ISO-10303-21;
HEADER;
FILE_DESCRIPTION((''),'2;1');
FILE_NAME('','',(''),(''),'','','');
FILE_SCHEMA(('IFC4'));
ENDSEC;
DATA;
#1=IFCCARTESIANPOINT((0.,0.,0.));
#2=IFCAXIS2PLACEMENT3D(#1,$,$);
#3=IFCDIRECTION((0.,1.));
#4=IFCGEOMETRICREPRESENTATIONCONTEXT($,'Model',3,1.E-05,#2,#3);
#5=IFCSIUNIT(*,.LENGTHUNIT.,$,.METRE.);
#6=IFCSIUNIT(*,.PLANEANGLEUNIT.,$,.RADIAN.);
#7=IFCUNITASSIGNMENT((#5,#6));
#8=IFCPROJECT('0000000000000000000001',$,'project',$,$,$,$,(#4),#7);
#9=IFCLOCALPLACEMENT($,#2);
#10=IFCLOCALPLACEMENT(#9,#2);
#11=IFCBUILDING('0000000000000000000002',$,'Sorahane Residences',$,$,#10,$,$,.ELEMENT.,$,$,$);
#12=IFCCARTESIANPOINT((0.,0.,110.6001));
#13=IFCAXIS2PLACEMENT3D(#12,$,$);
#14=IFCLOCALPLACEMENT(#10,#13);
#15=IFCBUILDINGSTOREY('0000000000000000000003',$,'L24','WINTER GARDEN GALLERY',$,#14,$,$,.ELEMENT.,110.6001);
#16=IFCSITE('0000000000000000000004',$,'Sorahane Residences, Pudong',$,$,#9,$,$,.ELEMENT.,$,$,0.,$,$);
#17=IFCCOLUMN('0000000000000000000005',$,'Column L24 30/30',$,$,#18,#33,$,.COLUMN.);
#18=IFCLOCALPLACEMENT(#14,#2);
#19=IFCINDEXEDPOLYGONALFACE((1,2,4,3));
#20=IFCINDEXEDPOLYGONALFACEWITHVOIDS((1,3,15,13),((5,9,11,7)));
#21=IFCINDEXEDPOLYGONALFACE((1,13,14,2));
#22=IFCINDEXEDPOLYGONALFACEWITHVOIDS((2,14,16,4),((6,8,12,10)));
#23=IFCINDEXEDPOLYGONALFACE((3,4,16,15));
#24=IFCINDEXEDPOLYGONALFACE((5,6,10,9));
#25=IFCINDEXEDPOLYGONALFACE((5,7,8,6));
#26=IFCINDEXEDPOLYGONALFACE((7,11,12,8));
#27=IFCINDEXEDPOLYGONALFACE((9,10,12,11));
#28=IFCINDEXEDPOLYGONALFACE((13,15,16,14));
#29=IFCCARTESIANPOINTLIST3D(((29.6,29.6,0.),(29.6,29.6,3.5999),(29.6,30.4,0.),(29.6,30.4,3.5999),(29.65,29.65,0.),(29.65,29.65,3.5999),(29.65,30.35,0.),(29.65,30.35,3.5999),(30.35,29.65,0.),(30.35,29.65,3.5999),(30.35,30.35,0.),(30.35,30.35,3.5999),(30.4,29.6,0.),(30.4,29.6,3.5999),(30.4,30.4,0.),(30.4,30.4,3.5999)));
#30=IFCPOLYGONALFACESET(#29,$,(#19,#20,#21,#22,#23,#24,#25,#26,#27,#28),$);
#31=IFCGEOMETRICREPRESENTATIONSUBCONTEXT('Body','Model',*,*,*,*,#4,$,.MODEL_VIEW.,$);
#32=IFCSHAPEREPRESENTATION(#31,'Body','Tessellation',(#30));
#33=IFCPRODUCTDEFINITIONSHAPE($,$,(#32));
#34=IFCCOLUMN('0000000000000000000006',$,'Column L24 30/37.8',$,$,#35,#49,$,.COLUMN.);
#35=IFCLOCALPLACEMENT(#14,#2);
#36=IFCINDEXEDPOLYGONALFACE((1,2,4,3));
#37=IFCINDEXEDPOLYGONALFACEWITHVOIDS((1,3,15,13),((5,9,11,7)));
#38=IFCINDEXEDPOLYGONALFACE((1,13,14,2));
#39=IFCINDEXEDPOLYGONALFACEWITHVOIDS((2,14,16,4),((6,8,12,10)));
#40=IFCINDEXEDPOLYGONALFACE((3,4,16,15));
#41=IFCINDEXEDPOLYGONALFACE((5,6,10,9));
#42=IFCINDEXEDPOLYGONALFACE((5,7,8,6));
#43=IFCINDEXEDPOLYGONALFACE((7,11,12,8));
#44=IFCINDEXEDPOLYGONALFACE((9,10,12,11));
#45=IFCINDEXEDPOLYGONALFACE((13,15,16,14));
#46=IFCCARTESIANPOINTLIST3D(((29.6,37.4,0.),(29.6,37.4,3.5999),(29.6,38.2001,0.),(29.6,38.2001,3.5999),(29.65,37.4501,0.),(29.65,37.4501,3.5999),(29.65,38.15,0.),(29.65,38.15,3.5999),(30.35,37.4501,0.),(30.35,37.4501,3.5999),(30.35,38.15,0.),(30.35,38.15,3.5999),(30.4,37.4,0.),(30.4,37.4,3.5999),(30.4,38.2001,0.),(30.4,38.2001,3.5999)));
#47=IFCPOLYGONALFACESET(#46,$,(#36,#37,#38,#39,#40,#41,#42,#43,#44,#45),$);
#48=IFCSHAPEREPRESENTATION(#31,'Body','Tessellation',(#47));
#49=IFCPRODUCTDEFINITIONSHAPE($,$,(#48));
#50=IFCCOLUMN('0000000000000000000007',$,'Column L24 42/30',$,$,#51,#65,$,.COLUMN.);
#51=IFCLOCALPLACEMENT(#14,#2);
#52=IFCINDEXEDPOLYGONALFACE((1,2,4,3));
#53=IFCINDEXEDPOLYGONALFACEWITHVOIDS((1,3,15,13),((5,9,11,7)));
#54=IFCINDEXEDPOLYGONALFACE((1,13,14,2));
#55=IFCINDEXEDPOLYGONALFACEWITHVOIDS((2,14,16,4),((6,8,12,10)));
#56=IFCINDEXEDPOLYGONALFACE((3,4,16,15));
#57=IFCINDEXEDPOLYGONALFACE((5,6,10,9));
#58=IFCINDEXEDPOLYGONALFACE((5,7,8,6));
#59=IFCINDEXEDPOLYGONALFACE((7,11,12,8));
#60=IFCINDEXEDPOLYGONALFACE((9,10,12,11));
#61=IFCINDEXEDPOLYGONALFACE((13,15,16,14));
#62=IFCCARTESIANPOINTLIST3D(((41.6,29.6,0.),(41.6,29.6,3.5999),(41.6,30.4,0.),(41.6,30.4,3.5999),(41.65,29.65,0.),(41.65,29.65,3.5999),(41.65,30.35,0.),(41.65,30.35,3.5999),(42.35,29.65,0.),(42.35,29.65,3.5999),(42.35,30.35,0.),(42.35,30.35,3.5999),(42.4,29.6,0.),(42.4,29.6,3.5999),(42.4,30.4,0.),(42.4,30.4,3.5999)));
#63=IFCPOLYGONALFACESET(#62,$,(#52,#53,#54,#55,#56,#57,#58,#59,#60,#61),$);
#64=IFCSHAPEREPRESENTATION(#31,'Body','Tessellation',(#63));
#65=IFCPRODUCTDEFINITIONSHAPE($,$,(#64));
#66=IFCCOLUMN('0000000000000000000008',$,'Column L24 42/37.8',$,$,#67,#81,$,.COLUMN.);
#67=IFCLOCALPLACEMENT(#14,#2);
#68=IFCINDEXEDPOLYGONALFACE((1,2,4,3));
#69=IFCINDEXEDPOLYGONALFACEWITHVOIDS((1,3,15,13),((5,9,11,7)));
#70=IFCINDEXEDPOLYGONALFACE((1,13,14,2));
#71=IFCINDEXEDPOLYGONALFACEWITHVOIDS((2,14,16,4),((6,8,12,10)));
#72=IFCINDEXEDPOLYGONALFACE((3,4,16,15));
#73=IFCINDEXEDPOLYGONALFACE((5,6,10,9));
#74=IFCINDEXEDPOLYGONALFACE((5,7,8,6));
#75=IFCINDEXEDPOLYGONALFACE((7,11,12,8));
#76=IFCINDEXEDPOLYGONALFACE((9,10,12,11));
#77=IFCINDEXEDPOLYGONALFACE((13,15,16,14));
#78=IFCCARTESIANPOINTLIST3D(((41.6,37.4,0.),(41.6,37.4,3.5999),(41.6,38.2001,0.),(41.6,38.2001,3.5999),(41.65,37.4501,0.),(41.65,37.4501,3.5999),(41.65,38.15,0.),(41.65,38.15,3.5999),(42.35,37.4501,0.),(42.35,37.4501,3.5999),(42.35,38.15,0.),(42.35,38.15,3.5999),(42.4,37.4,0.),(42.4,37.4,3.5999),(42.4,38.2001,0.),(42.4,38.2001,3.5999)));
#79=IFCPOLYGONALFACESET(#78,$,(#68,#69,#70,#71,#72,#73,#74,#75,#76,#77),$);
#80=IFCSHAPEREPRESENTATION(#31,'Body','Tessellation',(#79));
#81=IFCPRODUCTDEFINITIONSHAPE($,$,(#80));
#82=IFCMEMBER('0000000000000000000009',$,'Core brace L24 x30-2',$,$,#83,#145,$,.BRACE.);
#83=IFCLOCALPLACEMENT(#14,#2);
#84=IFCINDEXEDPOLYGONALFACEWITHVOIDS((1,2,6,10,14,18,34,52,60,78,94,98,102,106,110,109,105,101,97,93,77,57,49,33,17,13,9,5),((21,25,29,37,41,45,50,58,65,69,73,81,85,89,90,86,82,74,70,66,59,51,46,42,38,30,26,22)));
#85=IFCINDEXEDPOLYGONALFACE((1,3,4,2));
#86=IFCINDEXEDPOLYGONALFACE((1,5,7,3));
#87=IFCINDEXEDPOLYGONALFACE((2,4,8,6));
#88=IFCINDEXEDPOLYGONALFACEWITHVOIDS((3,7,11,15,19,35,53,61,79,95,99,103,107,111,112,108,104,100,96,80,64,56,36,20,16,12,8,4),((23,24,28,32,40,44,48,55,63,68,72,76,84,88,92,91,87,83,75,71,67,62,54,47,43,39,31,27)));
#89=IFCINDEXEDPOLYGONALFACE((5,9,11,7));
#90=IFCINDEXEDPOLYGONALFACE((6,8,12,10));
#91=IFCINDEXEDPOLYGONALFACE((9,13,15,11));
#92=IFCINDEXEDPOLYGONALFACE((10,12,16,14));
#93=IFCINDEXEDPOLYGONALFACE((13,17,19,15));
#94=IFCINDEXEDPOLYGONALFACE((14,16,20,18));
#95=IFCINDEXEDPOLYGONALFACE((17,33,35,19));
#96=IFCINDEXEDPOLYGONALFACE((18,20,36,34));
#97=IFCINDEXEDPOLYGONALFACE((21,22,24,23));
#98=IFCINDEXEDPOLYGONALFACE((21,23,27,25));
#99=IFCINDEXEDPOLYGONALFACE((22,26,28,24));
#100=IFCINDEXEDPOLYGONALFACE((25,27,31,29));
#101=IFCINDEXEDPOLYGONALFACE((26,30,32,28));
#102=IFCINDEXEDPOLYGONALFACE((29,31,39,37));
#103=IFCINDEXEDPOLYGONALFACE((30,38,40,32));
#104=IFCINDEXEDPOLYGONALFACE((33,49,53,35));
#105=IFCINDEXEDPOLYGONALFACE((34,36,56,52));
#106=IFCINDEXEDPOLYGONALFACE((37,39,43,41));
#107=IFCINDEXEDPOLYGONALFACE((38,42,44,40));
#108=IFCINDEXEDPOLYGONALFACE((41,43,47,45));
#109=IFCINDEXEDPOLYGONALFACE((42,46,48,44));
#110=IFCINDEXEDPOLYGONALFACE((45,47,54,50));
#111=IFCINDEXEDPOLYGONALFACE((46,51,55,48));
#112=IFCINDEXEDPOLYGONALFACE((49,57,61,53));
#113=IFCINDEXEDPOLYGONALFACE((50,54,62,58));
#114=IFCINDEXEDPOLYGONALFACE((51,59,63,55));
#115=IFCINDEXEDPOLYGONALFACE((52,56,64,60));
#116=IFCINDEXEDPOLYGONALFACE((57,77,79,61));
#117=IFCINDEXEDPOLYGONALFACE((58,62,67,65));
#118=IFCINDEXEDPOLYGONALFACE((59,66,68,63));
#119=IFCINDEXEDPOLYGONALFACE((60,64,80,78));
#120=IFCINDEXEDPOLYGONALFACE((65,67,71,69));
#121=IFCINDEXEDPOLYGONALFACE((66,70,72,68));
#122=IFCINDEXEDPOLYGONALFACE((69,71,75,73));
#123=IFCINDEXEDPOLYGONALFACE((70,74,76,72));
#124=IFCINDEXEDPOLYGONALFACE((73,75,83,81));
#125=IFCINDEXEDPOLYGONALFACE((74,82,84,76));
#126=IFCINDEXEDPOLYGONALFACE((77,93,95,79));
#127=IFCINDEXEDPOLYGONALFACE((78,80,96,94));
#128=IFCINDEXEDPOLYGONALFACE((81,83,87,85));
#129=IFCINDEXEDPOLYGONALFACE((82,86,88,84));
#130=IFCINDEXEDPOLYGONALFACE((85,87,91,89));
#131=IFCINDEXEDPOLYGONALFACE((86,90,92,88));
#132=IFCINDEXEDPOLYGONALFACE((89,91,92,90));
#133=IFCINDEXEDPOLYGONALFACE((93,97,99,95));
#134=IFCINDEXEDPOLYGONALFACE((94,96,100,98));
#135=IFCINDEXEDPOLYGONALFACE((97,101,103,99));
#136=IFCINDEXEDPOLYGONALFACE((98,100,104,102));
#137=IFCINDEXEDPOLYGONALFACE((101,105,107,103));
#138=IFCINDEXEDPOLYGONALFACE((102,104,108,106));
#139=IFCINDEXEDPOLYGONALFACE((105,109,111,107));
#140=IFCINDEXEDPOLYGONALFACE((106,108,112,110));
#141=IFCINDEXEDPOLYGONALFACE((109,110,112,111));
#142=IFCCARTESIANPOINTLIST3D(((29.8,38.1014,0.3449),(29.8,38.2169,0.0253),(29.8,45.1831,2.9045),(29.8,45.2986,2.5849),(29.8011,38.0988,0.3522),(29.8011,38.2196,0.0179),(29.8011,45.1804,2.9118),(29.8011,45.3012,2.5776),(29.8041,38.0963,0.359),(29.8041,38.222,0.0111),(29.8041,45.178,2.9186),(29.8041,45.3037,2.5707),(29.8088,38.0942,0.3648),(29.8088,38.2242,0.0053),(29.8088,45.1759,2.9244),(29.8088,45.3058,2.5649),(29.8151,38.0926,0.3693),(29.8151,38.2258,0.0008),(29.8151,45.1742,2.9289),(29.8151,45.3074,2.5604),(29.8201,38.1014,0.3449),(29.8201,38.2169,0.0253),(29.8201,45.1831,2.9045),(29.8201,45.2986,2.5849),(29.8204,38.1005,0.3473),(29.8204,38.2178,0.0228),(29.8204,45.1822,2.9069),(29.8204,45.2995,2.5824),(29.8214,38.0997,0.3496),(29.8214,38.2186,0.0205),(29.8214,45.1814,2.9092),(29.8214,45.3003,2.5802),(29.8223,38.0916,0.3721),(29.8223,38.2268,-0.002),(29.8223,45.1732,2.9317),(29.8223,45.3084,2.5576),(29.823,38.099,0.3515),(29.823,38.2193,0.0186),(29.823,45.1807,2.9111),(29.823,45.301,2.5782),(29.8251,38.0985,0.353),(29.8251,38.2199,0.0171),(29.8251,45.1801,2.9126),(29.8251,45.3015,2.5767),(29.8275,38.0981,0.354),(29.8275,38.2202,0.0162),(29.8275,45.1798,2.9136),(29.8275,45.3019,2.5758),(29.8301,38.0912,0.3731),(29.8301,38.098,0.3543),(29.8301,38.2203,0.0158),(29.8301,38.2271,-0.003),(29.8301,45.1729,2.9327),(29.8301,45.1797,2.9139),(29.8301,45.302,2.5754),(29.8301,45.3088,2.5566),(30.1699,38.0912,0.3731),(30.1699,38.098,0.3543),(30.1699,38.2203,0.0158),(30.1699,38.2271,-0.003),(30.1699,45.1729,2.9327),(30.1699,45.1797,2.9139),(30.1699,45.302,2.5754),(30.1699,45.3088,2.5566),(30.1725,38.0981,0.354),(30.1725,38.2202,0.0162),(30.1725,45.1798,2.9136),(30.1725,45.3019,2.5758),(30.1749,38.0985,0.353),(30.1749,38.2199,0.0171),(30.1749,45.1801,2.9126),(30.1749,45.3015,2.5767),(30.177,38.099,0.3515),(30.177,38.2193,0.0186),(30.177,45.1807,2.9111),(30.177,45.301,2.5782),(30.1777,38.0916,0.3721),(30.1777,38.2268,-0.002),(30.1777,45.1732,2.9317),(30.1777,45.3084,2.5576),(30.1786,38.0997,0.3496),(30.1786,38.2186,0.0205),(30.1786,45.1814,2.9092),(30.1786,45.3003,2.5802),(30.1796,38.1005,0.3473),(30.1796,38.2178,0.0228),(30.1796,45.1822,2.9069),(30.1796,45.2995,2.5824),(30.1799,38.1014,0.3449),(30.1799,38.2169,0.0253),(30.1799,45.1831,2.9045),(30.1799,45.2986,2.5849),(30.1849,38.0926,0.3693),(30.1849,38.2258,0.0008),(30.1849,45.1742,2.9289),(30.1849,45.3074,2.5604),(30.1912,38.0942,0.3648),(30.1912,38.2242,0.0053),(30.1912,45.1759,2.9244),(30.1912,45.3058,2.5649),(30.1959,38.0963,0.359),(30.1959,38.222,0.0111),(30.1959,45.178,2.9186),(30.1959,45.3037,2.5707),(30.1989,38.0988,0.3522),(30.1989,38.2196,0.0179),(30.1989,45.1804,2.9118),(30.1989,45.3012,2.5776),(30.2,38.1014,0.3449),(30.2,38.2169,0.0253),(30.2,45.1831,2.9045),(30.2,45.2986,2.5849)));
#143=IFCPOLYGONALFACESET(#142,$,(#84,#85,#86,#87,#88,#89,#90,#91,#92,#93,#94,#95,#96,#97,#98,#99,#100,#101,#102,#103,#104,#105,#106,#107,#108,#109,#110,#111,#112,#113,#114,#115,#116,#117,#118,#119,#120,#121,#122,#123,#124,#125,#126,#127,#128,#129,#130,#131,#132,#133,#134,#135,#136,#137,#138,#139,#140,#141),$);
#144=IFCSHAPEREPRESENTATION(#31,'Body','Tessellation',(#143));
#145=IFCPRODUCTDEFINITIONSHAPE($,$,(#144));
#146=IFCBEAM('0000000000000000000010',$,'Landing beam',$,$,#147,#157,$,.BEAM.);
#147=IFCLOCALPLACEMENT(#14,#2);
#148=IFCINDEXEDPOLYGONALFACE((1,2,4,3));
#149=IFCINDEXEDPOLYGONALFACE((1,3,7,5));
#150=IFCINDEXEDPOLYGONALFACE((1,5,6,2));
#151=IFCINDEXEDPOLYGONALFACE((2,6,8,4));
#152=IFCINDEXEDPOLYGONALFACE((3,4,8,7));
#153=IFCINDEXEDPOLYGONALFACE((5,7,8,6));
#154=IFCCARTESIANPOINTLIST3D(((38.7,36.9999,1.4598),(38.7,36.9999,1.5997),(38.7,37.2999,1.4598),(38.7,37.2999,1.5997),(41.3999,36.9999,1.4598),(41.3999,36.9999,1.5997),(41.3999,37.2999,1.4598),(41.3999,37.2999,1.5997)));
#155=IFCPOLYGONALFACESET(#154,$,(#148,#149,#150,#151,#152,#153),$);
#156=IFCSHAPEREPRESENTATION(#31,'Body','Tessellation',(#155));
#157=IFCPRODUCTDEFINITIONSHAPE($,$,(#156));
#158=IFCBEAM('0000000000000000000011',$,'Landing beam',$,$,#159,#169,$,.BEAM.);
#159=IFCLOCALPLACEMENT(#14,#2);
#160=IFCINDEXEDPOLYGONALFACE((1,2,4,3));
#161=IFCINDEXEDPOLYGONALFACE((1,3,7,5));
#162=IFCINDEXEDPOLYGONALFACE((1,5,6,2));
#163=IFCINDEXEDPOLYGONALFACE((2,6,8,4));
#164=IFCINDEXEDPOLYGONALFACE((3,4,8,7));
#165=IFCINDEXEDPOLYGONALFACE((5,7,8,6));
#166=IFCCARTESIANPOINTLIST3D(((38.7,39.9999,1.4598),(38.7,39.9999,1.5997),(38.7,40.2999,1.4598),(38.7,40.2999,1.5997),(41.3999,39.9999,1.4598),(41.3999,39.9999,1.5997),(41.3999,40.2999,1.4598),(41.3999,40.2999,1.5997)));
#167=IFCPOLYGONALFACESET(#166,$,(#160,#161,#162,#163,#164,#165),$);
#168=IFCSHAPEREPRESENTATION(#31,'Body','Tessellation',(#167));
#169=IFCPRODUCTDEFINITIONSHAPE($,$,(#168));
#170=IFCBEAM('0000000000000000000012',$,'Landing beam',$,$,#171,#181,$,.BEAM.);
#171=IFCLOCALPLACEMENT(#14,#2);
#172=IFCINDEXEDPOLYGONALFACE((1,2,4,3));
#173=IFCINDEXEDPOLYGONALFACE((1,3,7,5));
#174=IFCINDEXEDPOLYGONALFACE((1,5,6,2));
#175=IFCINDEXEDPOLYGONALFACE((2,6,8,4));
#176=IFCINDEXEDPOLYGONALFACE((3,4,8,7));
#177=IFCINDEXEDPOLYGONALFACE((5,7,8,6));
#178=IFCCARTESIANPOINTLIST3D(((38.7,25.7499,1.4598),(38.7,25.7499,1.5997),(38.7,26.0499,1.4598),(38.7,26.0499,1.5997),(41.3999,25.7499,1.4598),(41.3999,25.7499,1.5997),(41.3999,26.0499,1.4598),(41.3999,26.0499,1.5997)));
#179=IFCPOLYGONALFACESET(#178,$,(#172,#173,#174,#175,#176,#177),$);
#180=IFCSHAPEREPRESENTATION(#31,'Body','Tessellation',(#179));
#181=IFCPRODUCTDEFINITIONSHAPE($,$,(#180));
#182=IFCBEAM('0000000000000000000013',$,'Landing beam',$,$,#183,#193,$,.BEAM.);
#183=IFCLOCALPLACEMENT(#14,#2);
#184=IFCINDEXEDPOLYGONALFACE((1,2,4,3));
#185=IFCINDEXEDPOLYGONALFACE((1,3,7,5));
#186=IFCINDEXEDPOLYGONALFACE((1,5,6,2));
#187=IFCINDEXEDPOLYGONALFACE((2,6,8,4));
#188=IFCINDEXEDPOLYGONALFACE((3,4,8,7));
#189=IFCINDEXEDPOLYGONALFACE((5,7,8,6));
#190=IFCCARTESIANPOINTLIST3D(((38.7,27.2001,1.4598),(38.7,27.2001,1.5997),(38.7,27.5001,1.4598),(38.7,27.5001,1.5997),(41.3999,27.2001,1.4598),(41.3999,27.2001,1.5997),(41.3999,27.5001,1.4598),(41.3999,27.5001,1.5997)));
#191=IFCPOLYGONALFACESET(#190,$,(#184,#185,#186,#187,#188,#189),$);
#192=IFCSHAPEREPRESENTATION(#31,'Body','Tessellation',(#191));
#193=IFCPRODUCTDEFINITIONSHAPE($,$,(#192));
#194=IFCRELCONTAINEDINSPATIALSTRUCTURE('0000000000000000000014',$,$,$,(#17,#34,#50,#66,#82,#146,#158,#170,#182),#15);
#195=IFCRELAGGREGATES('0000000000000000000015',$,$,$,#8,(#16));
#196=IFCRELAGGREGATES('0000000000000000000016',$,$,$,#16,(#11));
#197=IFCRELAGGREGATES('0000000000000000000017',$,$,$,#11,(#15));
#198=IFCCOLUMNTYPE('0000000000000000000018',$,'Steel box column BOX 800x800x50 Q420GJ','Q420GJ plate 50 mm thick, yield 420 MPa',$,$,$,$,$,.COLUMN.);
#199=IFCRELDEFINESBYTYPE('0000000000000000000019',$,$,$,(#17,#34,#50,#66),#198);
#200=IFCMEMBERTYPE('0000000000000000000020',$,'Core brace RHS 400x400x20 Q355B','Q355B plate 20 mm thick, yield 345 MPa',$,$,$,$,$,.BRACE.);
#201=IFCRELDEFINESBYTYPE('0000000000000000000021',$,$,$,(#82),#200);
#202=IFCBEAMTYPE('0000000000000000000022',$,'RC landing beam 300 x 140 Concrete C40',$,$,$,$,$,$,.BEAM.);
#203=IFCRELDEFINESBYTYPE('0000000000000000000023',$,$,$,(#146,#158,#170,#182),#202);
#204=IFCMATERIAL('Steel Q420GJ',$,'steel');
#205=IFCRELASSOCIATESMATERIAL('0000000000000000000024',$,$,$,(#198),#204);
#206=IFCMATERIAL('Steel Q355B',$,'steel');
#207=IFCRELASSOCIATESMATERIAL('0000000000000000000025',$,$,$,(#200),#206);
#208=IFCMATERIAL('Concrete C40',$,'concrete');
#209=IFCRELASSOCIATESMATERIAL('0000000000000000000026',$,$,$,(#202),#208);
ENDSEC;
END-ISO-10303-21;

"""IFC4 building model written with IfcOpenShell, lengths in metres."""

from ifc_helpers import new_model, si_unit, direction, frame, origin, origin_2d, place, context, subcontext, project, spatial, rectangle, hollow_rectangle, extrude, material, material_profile, profile_set, type_object, element, save


model = new_model("IFC4")

# Units and contexts
model_context = context("Model", 3, precision=1e-05, world=origin(), true_north=direction((0.0, 1.0)))
body_context = subcontext(model_context, "Body", "Model", "MODEL_VIEW")
ifc_project = project(units=[si_unit("LENGTHUNIT", "METRE"), si_unit("PLANEANGLEUNIT", "RADIAN")], contexts=[model_context])

# Site, building, storey
site_placement = place(None, origin())
site = spatial("IfcSite", under=ifc_project, at=site_placement, Name="Sorahane Residences, Pudong", CompositionType="ELEMENT", RefElevation=0.0)
building_placement = place(site_placement, origin())
building = spatial("IfcBuilding", under=site, at=building_placement, Name="Sorahane Residences", CompositionType="ELEMENT")
storey_placement = place(building_placement, frame((0.0, 0.0, 110.6001)))
storey = spatial("IfcBuildingStorey", under=building, at=storey_placement, Name="L24", Description="WINTER GARDEN GALLERY", CompositionType="ELEMENT", Elevation=110.6001)

# Columns
ifc_material_1 = material(Name="Steel Q420GJ", Category="steel")
ifc_material_profile_1 = material_profile(ifc_material_1, hollow_rectangle(XDim=0.8, YDim=0.8, WallThickness=0.05, at=origin_2d()), Name="BOX 800x800x50")
ifc_profile_set_1 = profile_set([ifc_material_profile_1], Name="Steel Q420GJ")
column_type = type_object("IfcColumnType", Name="Steel box column BOX 800x800x50 Q420GJ", Description="Q420GJ plate 50 mm thick, yield 420 MPa", PredefinedType="COLUMN", material=ifc_profile_set_1)
for number, where, z_axis, x_axis, name in (
    (1, (30.0, 30.0, 0.0), (0.0, 0.0, 1.0), (1.0, 0.0, 0.0), "Column L24 30/30"),
    (2, (30.0, 37.8, 0.0), (0.0, 0.0, 1.0), (1.0, 0.0, 0.0), "Column L24 30/37.8"),
    (3, (42.0, 30.0, 0.0), (0.0, 0.0, 1.0), (1.0, 0.0, 0.0), "Column L24 42/30"),
    (4, (42.0, 37.8, 0.0), (0.0, 0.0, 1.0), (1.0, 0.0, 0.0), "Column L24 42/37.8"),
):
    element("IfcColumn", number, at=place(storey_placement, frame(where, z_axis=z_axis, x_axis=x_axis)), inside=storey, type_object=column_type, Name=name, PredefinedType="COLUMN", context=body_context, shape_type="SweptSolid", body=[
        extrude(hollow_rectangle(XDim=0.8, YDim=0.8, WallThickness=0.05, at=origin_2d()), origin(), (0.0, 0.0, 1.0), 3.5999),
    ])

# Member
ifc_material_2 = material(Name="Steel Q355B", Category="steel")
ifc_material_profile_2 = material_profile(ifc_material_2, hollow_rectangle(XDim=0.3999, YDim=0.3999, WallThickness=0.02, InnerFilletRadius=0.01, OuterFilletRadius=0.03, at=origin_2d()), Name="RHS 400x400x20")
ifc_profile_set_2 = profile_set([ifc_material_profile_2], Name="Steel Q355B")
member_type = type_object("IfcMemberType", Name="Core brace RHS 400x400x20 Q355B", Description="Q355B plate 20 mm thick, yield 345 MPa", PredefinedType="BRACE", material=ifc_profile_set_2)
member_placement = place(storey_placement, frame((30.0, 38.1592, 0.1851), z_axis=(0.0, 0.940454, 0.33992), x_axis=(-1.0, 0.0, 0.0)))
element("IfcMember", 5, at=member_placement, inside=storey, type_object=member_type, Name="Core brace L24 x30-2", PredefinedType="BRACE", context=body_context, shape_type="SweptSolid", body=[
    extrude(hollow_rectangle(XDim=0.3999, YDim=0.3999, WallThickness=0.02, InnerFilletRadius=0.01, OuterFilletRadius=0.03, at=origin_2d()), origin(), (0.0, 0.0, 1.0), 7.53),
])

# Beams
ifc_material_3 = material(Name="Concrete C40", Category="concrete")
ifc_material_profile_3 = material_profile(ifc_material_3, rectangle(XDim=0.3, YDim=0.1399, at=origin_2d()), Name="300x140")
ifc_profile_set_3 = profile_set([ifc_material_profile_3], Name="Concrete C40")
beam_type_1 = type_object("IfcBeamType", Name="RC landing beam 300 x 140 Concrete C40", PredefinedType="BEAM", material=ifc_profile_set_3)
for number, where, z_axis, x_axis, name in (
    (6, (38.7, 37.1499, 1.5298), (1.0, 0.0, 0.0), (0.0, 1.0, 0.0), "Landing beam"),
    (7, (38.7, 40.1499, 1.5298), (1.0, 0.0, 0.0), (0.0, 1.0, 0.0), "Landing beam"),
    (8, (38.7, 25.8999, 1.5298), (1.0, 0.0, 0.0), (0.0, 1.0, 0.0), "Landing beam"),
    (9, (38.7, 27.3501, 1.5298), (1.0, 0.0, 0.0), (0.0, 1.0, 0.0), "Landing beam"),
):
    element("IfcBeam", number, at=place(storey_placement, frame(where, z_axis=z_axis, x_axis=x_axis)), inside=storey, type_object=beam_type_1, Name=name, PredefinedType="BEAM", context=body_context, shape_type="SweptSolid", body=[
        extrude(rectangle(XDim=0.3, YDim=0.1399, at=origin_2d()), origin(), (0.0, 0.0, 1.0), 2.7),
    ])

save(model, "model.ifc")
